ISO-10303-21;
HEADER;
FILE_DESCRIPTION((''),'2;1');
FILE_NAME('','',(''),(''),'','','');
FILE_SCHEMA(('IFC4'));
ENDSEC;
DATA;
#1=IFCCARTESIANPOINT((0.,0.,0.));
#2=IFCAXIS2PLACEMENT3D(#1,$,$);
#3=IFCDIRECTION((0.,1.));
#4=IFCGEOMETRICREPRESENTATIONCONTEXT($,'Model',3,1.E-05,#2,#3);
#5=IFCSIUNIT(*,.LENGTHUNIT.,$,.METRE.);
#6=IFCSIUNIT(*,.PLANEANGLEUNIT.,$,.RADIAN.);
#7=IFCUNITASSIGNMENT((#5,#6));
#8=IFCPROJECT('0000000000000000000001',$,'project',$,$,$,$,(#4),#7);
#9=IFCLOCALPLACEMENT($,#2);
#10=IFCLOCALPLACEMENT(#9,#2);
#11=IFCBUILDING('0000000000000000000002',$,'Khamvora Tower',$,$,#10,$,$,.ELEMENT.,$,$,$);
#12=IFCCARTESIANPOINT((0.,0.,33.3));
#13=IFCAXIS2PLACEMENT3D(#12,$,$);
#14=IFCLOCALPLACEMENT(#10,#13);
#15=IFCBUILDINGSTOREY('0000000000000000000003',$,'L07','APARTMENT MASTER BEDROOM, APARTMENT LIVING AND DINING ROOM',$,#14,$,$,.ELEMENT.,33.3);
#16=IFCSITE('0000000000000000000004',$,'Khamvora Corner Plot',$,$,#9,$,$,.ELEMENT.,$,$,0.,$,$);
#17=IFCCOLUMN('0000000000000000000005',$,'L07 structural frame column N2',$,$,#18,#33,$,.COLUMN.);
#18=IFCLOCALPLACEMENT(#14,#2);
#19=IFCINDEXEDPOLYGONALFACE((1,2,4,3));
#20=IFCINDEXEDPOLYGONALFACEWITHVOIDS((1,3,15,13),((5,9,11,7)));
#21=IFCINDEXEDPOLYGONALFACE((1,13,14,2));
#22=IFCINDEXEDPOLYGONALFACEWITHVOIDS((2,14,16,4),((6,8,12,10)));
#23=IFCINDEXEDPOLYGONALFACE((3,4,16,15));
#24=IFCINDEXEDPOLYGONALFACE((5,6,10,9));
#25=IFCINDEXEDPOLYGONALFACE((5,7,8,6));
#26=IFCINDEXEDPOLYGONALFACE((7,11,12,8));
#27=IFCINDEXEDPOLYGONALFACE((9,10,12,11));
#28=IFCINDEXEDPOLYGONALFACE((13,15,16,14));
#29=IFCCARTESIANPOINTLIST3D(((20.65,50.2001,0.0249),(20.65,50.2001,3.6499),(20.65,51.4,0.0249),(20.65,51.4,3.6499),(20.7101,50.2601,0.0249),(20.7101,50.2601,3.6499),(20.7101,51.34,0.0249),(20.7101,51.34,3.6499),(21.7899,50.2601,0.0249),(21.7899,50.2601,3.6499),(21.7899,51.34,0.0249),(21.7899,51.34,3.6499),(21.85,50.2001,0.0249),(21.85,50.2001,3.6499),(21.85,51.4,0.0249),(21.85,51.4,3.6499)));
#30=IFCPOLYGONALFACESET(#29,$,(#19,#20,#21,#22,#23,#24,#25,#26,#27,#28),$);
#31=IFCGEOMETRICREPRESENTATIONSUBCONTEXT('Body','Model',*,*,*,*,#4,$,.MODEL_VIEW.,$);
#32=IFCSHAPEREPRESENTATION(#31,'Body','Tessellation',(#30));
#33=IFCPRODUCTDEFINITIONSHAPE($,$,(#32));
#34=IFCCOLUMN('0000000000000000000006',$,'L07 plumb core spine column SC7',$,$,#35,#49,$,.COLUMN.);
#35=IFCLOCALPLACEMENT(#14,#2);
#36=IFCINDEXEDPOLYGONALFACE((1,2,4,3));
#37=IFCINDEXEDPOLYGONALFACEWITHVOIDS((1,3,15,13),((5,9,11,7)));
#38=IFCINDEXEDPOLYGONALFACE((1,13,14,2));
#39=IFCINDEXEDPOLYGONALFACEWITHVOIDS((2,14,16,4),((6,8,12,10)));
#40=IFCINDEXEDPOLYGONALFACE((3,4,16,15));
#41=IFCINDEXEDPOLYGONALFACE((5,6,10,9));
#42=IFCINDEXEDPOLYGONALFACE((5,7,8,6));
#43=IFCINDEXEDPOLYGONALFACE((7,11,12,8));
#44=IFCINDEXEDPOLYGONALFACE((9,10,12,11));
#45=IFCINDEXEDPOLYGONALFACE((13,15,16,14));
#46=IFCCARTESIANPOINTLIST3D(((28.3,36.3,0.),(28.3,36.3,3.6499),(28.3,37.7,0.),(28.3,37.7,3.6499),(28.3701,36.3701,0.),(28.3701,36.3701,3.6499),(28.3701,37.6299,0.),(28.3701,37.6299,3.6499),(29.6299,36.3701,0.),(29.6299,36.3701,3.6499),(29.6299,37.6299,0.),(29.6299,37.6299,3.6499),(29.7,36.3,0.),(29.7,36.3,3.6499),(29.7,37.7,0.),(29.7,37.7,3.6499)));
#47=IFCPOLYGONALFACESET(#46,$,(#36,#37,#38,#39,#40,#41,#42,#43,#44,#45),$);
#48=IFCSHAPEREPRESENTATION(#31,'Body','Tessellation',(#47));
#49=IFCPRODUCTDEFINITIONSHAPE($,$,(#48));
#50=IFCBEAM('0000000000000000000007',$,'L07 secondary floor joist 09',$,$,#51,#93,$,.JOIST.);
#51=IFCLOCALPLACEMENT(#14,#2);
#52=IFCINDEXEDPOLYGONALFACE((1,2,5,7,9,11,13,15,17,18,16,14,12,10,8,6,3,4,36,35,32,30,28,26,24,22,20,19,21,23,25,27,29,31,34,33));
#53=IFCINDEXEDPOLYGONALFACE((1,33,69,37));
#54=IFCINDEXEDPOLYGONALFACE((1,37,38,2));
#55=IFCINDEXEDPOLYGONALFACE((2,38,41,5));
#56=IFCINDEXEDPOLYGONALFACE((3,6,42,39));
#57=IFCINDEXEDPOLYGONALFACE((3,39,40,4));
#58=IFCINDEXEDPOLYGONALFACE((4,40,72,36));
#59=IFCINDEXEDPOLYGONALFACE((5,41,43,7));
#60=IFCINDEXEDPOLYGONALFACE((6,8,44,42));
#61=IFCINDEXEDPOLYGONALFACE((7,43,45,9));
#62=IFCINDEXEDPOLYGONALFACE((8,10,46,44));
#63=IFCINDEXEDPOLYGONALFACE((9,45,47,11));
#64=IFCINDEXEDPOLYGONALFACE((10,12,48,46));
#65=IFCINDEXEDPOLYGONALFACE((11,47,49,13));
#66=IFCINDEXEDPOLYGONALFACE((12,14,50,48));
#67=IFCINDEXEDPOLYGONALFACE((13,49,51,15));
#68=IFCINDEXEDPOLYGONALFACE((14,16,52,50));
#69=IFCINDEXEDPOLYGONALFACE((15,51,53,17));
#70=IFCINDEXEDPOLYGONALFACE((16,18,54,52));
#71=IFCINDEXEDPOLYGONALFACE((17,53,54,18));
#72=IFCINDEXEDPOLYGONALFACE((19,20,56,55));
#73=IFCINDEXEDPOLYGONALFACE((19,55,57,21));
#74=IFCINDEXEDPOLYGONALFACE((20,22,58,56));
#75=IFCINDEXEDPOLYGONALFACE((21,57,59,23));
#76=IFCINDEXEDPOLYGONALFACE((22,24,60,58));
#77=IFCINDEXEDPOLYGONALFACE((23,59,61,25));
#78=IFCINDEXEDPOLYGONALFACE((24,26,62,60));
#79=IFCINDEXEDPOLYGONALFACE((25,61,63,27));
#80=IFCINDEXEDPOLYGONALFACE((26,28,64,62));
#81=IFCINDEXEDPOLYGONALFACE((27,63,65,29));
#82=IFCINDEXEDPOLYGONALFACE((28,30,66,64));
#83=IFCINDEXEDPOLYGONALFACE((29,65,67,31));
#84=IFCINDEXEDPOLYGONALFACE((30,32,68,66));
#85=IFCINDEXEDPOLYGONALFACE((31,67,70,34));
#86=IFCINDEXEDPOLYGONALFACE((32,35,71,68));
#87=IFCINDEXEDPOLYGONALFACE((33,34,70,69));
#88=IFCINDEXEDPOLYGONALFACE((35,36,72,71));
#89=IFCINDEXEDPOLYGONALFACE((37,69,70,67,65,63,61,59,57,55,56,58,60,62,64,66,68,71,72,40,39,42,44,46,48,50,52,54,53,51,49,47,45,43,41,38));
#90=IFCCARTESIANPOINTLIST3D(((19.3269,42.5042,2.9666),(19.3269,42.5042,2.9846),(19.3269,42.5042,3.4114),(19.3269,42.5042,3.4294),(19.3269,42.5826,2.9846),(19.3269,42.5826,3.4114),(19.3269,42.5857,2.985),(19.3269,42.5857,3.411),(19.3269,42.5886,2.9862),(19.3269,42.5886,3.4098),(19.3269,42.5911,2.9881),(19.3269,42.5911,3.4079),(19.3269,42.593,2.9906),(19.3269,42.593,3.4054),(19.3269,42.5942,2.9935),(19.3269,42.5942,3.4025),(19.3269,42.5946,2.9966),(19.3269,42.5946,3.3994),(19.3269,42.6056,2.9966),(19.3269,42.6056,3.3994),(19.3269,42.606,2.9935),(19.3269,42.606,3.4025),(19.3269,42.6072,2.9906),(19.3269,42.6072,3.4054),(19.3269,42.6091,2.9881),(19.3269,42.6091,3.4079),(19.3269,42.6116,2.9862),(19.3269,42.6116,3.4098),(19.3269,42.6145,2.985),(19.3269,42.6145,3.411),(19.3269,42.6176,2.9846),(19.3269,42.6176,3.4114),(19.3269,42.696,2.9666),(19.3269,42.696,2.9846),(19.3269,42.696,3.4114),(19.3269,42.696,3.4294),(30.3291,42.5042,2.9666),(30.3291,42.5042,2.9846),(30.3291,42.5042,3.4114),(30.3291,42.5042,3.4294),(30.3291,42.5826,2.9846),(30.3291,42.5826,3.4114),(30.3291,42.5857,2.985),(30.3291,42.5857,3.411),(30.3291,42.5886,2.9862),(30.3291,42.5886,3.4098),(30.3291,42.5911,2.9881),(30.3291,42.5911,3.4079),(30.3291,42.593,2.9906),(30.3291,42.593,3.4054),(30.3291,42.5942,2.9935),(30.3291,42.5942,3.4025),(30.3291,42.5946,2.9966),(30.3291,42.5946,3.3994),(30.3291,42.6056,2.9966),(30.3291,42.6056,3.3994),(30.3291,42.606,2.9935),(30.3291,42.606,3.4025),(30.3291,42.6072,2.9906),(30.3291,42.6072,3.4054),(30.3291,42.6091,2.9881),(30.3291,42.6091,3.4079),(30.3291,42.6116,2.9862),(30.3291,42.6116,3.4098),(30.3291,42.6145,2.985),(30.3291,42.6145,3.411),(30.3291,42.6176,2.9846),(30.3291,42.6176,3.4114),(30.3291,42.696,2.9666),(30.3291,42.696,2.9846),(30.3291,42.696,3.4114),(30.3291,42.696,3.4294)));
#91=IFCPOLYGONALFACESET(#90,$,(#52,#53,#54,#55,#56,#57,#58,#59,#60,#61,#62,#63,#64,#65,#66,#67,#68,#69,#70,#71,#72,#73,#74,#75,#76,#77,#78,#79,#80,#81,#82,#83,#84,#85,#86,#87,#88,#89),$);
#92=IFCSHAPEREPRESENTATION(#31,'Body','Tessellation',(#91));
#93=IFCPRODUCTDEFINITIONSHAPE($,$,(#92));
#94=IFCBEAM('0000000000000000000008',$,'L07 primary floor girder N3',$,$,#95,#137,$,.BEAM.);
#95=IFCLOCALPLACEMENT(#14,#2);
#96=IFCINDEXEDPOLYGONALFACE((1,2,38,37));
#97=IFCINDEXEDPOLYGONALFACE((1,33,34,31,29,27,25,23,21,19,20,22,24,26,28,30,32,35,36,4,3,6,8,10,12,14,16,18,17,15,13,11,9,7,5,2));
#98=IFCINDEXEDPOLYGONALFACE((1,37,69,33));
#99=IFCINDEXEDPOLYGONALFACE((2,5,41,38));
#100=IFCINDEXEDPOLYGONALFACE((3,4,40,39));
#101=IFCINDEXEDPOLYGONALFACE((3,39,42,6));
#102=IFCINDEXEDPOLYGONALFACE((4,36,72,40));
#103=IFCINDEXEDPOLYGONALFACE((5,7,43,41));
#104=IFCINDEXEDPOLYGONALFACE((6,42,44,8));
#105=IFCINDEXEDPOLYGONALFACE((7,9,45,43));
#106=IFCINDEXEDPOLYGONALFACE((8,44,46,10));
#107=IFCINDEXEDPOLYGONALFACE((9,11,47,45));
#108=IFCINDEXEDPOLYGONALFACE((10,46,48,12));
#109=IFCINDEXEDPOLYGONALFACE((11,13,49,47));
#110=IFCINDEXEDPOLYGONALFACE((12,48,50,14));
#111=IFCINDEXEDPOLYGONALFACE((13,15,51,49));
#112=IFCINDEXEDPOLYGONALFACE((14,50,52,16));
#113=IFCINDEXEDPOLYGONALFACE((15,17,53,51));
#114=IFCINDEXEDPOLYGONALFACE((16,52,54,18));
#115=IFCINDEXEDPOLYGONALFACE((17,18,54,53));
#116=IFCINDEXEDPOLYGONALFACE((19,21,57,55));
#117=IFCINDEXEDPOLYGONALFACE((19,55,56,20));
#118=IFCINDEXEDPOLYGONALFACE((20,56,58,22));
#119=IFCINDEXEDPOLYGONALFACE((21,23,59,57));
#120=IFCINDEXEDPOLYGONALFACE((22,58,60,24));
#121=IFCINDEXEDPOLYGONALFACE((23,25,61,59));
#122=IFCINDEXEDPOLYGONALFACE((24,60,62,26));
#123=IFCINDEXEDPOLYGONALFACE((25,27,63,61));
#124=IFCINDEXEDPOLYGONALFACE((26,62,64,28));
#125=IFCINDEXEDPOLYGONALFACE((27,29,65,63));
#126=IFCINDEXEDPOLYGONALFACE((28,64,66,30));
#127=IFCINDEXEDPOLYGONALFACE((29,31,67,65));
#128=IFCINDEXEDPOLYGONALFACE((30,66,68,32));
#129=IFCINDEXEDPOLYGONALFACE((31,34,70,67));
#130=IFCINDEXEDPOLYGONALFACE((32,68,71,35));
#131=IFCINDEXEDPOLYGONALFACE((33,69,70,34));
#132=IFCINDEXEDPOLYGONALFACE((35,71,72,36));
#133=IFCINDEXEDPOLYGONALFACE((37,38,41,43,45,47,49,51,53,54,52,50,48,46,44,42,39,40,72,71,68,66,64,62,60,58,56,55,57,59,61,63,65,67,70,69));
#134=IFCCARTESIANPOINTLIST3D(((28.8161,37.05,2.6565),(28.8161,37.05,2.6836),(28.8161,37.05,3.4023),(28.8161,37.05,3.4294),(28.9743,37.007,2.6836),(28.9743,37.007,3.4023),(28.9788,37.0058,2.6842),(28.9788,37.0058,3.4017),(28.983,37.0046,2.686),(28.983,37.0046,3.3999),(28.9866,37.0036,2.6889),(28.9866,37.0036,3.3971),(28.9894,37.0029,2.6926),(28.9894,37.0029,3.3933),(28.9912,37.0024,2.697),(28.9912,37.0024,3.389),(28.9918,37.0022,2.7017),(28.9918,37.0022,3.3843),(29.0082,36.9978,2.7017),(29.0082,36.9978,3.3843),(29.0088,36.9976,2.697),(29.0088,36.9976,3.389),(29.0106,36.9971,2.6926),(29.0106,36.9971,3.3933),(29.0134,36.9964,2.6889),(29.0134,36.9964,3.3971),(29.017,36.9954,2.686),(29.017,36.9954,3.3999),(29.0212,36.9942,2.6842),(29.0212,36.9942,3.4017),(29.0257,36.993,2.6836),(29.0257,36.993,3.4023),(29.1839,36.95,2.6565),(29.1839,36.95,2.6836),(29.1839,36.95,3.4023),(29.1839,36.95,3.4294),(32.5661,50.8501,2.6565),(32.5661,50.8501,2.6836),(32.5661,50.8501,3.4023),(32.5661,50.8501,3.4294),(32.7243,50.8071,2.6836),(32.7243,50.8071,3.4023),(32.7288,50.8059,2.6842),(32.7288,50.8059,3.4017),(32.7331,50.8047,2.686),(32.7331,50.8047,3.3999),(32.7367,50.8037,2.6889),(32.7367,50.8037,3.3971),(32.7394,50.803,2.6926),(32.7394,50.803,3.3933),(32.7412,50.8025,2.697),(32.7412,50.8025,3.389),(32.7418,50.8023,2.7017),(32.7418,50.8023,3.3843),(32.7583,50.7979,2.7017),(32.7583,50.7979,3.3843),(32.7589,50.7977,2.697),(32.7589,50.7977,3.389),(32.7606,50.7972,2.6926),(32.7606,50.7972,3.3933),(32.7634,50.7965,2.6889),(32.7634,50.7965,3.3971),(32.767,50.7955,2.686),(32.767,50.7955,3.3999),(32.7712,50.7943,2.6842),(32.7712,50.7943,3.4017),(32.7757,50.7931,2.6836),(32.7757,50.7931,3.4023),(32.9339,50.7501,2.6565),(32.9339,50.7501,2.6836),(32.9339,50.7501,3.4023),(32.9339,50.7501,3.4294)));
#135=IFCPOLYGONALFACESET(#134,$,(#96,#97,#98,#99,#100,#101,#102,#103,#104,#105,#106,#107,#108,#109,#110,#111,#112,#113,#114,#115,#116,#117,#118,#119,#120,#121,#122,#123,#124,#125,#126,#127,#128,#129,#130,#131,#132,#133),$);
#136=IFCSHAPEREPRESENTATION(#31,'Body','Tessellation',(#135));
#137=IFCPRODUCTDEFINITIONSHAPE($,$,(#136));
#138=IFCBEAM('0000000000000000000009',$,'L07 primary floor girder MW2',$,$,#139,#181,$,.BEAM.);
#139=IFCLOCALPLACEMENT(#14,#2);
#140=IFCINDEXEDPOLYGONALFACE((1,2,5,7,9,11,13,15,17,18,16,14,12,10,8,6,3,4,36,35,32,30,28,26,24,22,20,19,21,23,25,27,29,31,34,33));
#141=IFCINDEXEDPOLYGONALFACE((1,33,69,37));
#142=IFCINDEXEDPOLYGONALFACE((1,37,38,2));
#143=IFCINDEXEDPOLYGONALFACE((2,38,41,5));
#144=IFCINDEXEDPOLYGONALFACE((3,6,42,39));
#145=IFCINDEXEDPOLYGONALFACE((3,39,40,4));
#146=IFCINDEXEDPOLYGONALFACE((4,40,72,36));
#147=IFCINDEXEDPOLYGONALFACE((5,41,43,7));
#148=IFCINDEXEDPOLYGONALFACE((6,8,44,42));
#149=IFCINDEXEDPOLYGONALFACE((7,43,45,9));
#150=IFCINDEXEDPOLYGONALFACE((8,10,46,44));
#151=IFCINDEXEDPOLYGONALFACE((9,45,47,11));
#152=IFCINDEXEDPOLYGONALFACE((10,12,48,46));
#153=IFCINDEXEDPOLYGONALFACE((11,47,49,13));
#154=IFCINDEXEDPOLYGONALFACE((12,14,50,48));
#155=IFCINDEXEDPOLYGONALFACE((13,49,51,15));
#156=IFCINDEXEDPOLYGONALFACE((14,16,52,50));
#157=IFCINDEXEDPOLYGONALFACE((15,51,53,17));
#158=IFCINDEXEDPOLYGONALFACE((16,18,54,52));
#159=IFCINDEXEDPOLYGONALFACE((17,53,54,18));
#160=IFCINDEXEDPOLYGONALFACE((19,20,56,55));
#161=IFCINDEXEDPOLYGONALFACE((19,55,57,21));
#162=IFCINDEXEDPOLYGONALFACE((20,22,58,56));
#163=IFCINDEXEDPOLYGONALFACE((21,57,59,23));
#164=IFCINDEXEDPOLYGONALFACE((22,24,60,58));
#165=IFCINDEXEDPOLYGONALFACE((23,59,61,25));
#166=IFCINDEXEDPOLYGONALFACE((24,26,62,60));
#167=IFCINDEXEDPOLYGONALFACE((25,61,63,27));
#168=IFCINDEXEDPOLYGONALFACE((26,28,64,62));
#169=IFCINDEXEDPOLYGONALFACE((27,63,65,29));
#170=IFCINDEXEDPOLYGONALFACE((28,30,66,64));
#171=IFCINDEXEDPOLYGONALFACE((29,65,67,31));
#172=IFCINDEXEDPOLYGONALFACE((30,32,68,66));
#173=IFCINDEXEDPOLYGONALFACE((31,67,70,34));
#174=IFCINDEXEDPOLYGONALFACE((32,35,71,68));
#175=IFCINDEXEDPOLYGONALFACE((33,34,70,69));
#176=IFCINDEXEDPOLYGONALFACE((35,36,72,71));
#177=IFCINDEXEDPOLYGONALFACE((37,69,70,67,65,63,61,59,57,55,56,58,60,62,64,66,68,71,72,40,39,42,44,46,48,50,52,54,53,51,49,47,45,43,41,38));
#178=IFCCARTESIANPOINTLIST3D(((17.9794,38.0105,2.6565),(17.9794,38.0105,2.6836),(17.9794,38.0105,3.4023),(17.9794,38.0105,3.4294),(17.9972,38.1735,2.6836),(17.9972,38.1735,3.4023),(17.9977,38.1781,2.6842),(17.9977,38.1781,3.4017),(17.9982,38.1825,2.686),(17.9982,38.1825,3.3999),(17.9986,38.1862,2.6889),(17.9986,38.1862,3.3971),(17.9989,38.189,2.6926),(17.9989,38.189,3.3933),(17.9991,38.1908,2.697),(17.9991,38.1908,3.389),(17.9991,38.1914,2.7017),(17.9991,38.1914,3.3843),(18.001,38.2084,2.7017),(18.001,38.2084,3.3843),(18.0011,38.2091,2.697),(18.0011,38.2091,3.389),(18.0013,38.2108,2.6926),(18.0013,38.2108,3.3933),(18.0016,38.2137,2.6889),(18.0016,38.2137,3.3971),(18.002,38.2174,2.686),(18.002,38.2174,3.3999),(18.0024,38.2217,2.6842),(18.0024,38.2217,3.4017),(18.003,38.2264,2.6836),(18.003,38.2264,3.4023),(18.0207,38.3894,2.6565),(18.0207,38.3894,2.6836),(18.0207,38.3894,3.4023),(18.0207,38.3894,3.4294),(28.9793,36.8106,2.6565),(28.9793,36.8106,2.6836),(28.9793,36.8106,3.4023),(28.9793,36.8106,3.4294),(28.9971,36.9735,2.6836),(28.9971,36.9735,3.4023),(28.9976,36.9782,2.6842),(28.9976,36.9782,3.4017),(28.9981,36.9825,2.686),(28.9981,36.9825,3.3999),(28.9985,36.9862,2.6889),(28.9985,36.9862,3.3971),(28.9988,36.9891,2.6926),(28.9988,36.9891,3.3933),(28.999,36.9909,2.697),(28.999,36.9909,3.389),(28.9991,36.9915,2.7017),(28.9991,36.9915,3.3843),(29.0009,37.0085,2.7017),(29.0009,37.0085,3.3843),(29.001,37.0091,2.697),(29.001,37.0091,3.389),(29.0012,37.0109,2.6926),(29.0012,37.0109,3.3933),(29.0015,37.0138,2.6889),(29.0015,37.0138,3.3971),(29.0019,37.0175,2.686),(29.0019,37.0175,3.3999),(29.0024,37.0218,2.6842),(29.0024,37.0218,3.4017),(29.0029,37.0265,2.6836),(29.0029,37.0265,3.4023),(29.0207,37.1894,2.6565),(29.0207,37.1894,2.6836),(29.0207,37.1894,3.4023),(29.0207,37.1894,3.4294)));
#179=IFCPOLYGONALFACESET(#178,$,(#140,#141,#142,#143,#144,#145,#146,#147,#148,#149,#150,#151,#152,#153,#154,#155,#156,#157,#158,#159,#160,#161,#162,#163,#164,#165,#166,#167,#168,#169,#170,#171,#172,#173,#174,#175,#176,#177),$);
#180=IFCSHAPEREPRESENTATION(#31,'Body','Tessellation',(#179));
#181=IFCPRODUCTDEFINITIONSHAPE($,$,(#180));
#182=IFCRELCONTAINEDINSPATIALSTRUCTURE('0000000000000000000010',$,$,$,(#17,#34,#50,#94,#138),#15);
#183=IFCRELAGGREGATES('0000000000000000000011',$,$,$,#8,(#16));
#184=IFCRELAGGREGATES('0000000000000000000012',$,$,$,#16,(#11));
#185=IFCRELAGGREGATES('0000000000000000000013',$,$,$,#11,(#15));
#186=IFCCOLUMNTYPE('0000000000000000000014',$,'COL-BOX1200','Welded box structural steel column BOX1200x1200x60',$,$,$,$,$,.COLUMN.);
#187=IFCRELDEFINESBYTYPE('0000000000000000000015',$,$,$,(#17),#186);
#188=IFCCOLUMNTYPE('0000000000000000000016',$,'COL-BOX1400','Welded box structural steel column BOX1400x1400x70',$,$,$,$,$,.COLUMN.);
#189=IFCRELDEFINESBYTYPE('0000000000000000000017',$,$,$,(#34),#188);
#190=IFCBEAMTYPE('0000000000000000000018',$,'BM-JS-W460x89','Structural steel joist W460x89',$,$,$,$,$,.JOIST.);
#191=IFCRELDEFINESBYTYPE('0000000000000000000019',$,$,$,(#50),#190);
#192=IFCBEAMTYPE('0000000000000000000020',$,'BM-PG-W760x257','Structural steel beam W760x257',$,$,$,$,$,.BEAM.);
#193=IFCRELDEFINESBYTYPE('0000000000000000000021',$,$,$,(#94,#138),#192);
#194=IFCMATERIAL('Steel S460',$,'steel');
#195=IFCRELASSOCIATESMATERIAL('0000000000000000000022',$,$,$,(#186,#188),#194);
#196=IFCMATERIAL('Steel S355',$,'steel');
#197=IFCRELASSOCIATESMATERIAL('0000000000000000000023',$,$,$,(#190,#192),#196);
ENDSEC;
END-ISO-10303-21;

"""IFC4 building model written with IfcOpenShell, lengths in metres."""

from ifc_helpers import new_model, si_unit, direction, frame, origin, origin_2d, place, context, subcontext, project, spatial, hollow_rectangle, i_section, extrude, material, material_profile, profile_set, type_object, element, save


model = new_model("IFC4")

# Units and contexts
model_context = context("Model", 3, precision=1e-05, world=origin(), true_north=direction((0.0, 1.0)))
body_context = subcontext(model_context, "Body", "Model", "MODEL_VIEW")
ifc_project = project(units=[si_unit("LENGTHUNIT", "METRE"), si_unit("PLANEANGLEUNIT", "RADIAN")], contexts=[model_context])

# Site, building, storey
site_placement = place(None, origin())
site = spatial("IfcSite", under=ifc_project, at=site_placement, Name="Khamvora Corner Plot", CompositionType="ELEMENT", RefElevation=0.0)
building_placement = place(site_placement, origin())
building = spatial("IfcBuilding", under=site, at=building_placement, Name="Khamvora Tower", CompositionType="ELEMENT")
storey_placement = place(building_placement, frame((0.0, 0.0, 33.3)))
storey = spatial("IfcBuildingStorey", under=building, at=storey_placement, Name="L07", Description="APARTMENT MASTER BEDROOM, APARTMENT LIVING AND DINING ROOM", CompositionType="ELEMENT", Elevation=33.3)

# Columns
ifc_material_1 = material(Name="Steel S460", Category="steel")
ifc_material_profile_1 = material_profile(ifc_material_1, hollow_rectangle(XDim=1.2, YDim=1.2, WallThickness=0.0601, at=origin_2d()), Name="BOX1200x1200x60")
ifc_profile_set_1 = profile_set([ifc_material_profile_1], Name="Steel S460")
column_type_1 = type_object("IfcColumnType", Name="COL-BOX1200", Description="Welded box structural steel column BOX1200x1200x60", PredefinedType="COLUMN", material=ifc_profile_set_1)
column_1_placement = place(storey_placement, frame((21.25, 50.8, 0.0249), z_axis=(0.0, 0.0, 1.0), x_axis=(1.0, 0.0, 0.0)))
element("IfcColumn", 1, at=column_1_placement, inside=storey, type_object=column_type_1, Name="L07 structural frame column N2", PredefinedType="COLUMN", context=body_context, shape_type="SweptSolid", body=[
    extrude(hollow_rectangle(XDim=1.2, YDim=1.2, WallThickness=0.0601, at=origin_2d()), origin(), (0.0, 0.0, 1.0), 3.625),
])
ifc_material_profile_2 = material_profile(ifc_material_1, hollow_rectangle(XDim=1.3999, YDim=1.3999, WallThickness=0.0701, at=origin_2d()), Name="BOX1400x1400x70")
ifc_profile_set_2 = profile_set([ifc_material_profile_2], Name="Steel S460")
column_type_2 = type_object("IfcColumnType", Name="COL-BOX1400", Description="Welded box structural steel column BOX1400x1400x70", PredefinedType="COLUMN", material=ifc_profile_set_2)
column_2_placement = place(storey_placement, frame((29.0, 37.0, 0.0), z_axis=(0.0, 0.0, 1.0), x_axis=(1.0, 0.0, 0.0)))
element("IfcColumn", 2, at=column_2_placement, inside=storey, type_object=column_type_2, Name="L07 plumb core spine column SC7", PredefinedType="COLUMN", context=body_context, shape_type="SweptSolid", body=[
    extrude(hollow_rectangle(XDim=1.3999, YDim=1.3999, WallThickness=0.0701, at=origin_2d()), origin(), (0.0, 0.0, 1.0), 3.6499),
])

# Beams
ifc_material_2 = material(Name="Steel S355", Category="steel")
ifc_material_profile_3 = material_profile(ifc_material_2, i_section(OverallWidth=0.1919, OverallDepth=0.4629, WebThickness=0.011, FlangeThickness=0.0181, FilletRadius=0.012, at=origin_2d()), Name="W460x89")
ifc_profile_set_3 = profile_set([ifc_material_profile_3], Name="Steel S355")
beam_type_1 = type_object("IfcBeamType", Name="BM-JS-W460x89", Description="Structural steel joist W460x89", PredefinedType="JOIST", material=ifc_profile_set_3)
beam_1_placement = place(storey_placement, frame((19.3269, 42.6001, 3.198), z_axis=(1.0, 0.0, 0.0), x_axis=(0.0, 1.0, 0.0)))
element("IfcBeam", 3, at=beam_1_placement, inside=storey, type_object=beam_type_1, Name="L07 secondary floor joist 09", PredefinedType="JOIST", context=body_context, shape_type="SweptSolid", body=[
    extrude(i_section(OverallWidth=0.1919, OverallDepth=0.4629, WebThickness=0.011, FlangeThickness=0.0181, FilletRadius=0.012, at=origin_2d()), origin(), (0.0, 0.0, 1.0), 11.0022),
])
ifc_material_profile_4 = material_profile(ifc_material_2, i_section(OverallWidth=0.3811, OverallDepth=0.7729, WebThickness=0.0171, FlangeThickness=0.0271, FilletRadius=0.0181, at=origin_2d()), Name="W760x257")
ifc_profile_set_4 = profile_set([ifc_material_profile_4], Name="Steel S355")
beam_type_2 = type_object("IfcBeamType", Name="BM-PG-W760x257", Description="Structural steel beam W760x257", PredefinedType="BEAM", material=ifc_profile_set_4)
beam_2_placement = place(storey_placement, frame((29.0, 37.0, 3.043), z_axis=(0.262229, 0.965006, 0.0), x_axis=(-0.965006, 0.262229, 0.0)))
element("IfcBeam", 4, at=beam_2_placement, inside=storey, type_object=beam_type_2, Name="L07 primary floor girder N3", PredefinedType="BEAM", context=body_context, shape_type="SweptSolid", body=[
    extrude(i_section(OverallWidth=0.3811, OverallDepth=0.7729, WebThickness=0.0171, FlangeThickness=0.0271, FilletRadius=0.0181, at=origin_2d()), origin(), (0.0, 0.0, 1.0), 14.3005),
])
beam_3_placement = place(storey_placement, frame((29.0, 37.0, 3.043), z_axis=(-0.994103, 0.108443, 0.0), x_axis=(-0.108443, -0.994103, 0.0)))
element("IfcBeam", 5, at=beam_3_placement, inside=storey, type_object=beam_type_2, Name="L07 primary floor girder MW2", PredefinedType="BEAM", context=body_context, shape_type="SweptSolid", body=[
    extrude(i_section(OverallWidth=0.3811, OverallDepth=0.7729, WebThickness=0.0171, FlangeThickness=0.0271, FilletRadius=0.0181, at=origin_2d()), origin(), (0.0, 0.0, 1.0), 11.0652),
])

save(model, "model.ifc")
